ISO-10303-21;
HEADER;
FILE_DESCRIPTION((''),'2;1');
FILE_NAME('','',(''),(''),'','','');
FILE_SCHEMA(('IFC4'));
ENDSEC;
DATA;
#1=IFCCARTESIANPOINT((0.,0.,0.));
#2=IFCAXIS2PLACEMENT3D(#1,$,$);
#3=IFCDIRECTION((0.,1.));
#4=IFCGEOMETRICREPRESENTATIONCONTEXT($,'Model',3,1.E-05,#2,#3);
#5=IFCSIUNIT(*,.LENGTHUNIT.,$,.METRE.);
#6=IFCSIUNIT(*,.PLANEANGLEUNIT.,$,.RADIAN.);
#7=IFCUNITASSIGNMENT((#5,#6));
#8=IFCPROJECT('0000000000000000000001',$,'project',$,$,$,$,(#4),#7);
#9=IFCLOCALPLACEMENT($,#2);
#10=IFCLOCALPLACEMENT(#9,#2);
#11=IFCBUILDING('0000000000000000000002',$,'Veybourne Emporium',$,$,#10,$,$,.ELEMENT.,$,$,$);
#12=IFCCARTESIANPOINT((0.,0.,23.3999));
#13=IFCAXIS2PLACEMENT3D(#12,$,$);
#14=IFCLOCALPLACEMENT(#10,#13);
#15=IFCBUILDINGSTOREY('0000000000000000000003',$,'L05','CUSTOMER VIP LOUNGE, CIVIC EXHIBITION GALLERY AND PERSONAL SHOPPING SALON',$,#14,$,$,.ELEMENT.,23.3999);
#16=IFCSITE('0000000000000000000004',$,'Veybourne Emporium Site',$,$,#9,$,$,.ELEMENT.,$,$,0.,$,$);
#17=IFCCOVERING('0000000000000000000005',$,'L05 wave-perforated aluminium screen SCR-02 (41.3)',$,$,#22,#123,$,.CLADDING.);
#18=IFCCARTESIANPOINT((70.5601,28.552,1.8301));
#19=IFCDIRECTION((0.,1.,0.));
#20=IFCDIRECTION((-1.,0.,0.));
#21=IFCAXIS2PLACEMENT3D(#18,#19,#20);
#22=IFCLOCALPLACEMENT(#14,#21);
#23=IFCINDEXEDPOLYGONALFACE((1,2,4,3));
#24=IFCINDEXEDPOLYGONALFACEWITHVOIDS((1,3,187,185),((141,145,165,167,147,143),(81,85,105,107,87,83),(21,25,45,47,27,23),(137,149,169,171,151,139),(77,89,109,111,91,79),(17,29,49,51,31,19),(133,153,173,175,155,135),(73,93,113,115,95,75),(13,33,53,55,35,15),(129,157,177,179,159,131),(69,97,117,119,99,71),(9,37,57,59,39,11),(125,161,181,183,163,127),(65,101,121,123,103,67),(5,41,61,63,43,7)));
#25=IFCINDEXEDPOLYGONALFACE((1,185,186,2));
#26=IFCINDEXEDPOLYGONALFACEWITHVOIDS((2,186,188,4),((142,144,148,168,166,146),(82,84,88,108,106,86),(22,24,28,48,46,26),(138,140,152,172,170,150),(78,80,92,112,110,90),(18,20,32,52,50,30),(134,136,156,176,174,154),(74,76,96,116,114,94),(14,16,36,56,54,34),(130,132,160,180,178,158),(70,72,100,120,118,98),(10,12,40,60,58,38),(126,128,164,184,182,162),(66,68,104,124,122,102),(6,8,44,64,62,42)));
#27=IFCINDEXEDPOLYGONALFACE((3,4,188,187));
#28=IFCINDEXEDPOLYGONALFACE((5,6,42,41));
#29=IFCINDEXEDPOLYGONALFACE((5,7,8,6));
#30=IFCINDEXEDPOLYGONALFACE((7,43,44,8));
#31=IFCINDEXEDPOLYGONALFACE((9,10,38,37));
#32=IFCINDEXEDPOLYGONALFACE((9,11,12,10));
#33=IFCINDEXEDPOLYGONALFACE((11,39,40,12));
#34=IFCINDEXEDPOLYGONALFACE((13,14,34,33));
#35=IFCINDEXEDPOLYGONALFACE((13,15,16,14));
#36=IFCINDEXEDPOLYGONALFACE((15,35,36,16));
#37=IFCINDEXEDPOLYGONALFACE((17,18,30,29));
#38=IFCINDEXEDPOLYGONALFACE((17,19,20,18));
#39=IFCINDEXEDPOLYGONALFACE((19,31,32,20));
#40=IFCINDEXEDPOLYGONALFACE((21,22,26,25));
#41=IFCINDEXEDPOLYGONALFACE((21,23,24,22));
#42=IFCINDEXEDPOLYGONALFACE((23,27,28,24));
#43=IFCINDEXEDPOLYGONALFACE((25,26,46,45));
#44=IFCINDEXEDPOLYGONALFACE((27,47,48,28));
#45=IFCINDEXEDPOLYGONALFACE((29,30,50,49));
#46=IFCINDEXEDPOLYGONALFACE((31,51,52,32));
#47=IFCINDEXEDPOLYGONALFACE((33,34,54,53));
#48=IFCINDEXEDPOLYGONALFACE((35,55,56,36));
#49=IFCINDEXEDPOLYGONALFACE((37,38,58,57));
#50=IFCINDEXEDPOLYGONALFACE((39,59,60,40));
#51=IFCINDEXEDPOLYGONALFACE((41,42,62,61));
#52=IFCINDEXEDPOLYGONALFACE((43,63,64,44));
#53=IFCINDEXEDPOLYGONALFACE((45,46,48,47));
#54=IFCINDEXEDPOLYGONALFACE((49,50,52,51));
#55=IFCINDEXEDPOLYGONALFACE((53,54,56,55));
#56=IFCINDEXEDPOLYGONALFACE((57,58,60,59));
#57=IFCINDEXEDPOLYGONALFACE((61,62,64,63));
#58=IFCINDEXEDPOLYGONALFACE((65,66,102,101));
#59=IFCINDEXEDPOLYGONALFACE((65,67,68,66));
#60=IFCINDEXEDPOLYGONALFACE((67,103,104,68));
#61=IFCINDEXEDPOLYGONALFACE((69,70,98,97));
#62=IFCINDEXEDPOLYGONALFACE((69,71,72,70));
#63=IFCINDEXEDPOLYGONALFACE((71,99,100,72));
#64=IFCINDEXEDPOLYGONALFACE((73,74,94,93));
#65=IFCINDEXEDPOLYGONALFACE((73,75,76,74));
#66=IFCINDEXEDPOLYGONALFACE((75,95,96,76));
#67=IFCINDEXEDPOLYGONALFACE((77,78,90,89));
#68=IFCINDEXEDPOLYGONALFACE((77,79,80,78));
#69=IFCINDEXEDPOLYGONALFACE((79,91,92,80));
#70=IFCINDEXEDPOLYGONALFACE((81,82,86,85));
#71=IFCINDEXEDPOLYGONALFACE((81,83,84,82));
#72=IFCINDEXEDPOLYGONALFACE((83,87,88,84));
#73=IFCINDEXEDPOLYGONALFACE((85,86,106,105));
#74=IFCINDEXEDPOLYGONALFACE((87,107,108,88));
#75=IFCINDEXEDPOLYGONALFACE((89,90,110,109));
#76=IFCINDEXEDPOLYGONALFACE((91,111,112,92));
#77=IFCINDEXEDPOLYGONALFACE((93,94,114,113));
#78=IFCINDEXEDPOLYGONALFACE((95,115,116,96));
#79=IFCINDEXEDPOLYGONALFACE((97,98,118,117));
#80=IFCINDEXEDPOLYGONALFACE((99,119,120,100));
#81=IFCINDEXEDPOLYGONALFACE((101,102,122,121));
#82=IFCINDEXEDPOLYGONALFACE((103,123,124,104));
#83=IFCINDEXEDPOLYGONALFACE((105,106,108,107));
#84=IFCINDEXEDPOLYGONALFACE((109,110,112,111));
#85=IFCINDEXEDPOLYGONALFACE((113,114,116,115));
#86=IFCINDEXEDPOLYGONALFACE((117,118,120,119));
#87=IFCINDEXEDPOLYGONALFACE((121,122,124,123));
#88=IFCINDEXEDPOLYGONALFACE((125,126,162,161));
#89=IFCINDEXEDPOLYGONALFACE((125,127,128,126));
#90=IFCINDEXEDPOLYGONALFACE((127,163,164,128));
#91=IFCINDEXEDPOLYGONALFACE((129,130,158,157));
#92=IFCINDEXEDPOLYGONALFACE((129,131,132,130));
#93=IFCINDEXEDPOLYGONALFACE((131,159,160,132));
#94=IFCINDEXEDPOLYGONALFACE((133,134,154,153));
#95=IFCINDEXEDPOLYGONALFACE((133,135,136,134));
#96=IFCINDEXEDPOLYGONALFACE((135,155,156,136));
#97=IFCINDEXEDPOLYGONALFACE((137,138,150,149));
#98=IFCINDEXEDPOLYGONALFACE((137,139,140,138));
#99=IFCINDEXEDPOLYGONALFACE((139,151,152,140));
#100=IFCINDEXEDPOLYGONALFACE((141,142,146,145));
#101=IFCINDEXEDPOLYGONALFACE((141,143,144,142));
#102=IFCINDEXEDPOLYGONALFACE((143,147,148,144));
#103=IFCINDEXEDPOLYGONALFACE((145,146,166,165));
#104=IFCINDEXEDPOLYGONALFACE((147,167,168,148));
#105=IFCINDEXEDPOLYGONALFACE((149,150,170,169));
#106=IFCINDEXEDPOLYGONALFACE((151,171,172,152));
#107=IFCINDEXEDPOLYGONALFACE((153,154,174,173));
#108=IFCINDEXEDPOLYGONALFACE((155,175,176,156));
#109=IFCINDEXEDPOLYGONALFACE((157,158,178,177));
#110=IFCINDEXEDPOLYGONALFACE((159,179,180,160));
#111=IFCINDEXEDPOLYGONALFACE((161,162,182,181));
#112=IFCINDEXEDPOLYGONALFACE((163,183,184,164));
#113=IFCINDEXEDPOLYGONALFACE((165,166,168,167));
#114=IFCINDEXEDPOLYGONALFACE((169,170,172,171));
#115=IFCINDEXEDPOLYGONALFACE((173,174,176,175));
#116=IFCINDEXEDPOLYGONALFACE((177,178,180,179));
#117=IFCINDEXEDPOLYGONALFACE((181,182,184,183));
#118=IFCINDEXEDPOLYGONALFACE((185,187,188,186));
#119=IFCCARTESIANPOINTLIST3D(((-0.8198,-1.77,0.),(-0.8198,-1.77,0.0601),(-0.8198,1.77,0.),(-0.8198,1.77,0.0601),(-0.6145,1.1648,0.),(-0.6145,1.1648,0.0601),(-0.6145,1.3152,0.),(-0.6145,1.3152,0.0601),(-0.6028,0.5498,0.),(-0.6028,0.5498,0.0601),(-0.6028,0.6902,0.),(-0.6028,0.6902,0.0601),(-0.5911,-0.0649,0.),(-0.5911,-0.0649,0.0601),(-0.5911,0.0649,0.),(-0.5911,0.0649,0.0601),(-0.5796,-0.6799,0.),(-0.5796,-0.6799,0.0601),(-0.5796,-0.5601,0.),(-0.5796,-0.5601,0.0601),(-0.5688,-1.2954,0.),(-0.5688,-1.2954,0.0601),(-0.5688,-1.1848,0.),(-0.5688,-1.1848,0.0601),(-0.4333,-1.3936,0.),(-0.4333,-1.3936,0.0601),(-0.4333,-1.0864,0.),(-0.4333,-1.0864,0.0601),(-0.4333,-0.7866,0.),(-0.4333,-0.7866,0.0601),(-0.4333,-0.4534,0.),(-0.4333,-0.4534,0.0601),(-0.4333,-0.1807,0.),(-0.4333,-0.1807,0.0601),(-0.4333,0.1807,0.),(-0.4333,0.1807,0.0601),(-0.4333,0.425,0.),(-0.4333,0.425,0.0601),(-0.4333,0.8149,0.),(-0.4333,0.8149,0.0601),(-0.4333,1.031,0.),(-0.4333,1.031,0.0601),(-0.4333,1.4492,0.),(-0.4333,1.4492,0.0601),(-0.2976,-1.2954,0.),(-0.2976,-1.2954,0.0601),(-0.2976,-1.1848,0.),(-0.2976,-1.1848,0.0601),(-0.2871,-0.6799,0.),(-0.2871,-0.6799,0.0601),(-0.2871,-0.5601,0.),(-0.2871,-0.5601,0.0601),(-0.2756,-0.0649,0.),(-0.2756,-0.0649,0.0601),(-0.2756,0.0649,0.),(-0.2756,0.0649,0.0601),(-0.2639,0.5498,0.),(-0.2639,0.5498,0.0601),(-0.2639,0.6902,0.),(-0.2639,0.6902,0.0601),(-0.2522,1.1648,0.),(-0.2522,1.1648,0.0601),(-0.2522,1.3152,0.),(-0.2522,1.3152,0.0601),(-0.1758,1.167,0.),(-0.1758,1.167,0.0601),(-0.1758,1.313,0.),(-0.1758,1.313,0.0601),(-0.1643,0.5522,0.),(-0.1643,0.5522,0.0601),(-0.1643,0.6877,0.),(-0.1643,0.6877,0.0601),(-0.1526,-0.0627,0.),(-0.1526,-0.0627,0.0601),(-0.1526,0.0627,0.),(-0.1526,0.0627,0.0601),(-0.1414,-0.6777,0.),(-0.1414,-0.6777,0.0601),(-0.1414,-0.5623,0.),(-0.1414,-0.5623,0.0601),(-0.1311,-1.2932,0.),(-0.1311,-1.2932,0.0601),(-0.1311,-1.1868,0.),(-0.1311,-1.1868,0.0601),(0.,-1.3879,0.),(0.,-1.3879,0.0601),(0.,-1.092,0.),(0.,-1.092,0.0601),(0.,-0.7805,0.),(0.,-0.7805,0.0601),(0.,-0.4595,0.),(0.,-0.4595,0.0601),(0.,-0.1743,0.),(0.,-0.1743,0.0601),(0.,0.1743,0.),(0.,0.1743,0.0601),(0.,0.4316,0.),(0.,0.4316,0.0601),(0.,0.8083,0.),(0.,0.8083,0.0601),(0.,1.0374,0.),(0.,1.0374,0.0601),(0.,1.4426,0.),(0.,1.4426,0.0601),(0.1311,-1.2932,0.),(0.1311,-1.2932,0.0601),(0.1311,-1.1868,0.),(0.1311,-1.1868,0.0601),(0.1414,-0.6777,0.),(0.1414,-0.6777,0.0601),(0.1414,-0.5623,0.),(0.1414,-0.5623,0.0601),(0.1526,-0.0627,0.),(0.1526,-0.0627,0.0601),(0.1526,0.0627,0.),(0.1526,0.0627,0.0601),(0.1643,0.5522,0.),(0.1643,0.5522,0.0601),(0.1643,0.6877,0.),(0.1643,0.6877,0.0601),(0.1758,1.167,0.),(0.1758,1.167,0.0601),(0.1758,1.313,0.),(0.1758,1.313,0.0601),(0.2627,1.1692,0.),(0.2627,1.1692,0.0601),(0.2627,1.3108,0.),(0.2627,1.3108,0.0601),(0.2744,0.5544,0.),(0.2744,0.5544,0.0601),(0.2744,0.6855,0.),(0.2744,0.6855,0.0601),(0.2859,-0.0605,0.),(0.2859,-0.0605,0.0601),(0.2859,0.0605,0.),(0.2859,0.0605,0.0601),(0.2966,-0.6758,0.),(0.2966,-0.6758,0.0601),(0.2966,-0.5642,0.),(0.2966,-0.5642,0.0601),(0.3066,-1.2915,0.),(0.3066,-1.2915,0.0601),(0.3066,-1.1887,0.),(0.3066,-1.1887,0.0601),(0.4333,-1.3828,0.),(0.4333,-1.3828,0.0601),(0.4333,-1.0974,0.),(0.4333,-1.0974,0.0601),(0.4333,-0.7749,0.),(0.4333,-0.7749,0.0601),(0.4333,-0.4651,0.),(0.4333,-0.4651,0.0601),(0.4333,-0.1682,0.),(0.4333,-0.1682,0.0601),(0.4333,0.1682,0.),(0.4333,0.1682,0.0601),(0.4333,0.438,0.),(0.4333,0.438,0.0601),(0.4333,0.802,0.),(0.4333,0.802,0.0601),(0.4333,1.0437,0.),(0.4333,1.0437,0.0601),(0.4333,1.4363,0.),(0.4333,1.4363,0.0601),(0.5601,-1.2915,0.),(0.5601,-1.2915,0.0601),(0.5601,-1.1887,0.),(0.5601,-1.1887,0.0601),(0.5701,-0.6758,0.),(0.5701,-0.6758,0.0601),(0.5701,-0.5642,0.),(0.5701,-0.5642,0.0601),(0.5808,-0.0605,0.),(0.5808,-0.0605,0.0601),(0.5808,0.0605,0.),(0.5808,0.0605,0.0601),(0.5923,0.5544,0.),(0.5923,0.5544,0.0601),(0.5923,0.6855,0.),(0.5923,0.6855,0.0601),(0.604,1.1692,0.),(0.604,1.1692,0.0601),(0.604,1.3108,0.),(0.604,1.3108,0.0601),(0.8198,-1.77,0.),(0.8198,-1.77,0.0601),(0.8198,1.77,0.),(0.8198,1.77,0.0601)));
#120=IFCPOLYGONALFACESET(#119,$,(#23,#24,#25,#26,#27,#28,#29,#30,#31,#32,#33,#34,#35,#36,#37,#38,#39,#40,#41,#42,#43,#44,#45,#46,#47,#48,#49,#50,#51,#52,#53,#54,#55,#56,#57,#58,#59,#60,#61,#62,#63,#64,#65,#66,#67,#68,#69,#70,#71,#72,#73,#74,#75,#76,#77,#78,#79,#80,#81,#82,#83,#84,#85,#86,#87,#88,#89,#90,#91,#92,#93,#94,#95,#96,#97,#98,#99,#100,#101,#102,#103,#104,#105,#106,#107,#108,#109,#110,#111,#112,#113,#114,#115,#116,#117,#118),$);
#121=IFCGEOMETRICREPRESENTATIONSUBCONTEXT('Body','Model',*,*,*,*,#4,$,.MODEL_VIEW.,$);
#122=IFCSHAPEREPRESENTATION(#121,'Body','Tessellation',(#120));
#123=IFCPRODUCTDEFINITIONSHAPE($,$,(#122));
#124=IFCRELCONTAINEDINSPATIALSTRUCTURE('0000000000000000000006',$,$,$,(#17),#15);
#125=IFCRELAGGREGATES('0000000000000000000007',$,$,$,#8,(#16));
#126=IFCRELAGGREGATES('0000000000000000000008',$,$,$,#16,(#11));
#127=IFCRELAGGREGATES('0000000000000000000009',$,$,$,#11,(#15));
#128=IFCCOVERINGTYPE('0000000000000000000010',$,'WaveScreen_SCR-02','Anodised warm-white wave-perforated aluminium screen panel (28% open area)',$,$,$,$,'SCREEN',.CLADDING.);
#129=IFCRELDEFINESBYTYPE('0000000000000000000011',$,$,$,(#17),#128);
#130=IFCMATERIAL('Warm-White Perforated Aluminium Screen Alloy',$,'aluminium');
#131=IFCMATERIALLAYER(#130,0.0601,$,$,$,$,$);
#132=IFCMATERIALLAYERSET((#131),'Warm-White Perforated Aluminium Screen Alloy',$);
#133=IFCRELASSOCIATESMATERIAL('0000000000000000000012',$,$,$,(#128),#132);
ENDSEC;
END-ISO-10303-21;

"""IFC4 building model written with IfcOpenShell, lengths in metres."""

from ifc_helpers import new_model, si_unit, direction, frame, origin, place, context, subcontext, project, spatial, polyline, outline, extrude, material, layer, layer_set, type_object, element, save


model = new_model("IFC4")

# Units and contexts
model_context = context("Model", 3, precision=1e-05, world=origin(), true_north=direction((0.0, 1.0)))
body_context = subcontext(model_context, "Body", "Model", "MODEL_VIEW")
ifc_project = project(units=[si_unit("LENGTHUNIT", "METRE"), si_unit("PLANEANGLEUNIT", "RADIAN")], contexts=[model_context])

# Site, building, storey
site_placement = place(None, origin())
site = spatial("IfcSite", under=ifc_project, at=site_placement, Name="Veybourne Emporium Site", CompositionType="ELEMENT", RefElevation=0.0)
building_placement = place(site_placement, origin())
building = spatial("IfcBuilding", under=site, at=building_placement, Name="Veybourne Emporium", CompositionType="ELEMENT")
storey_placement = place(building_placement, frame((0.0, 0.0, 23.3999)))
storey = spatial("IfcBuildingStorey", under=building, at=storey_placement, Name="L05", Description="CUSTOMER VIP LOUNGE, CIVIC EXHIBITION GALLERY AND PERSONAL SHOPPING SALON", CompositionType="ELEMENT", Elevation=23.3999)

# Covering
ifc_material_1 = material(Name="Warm-White Perforated Aluminium Screen Alloy", Category="aluminium")
ifc_layer_1 = layer(ifc_material_1, 0.0601)
ifc_layer_set_1 = layer_set([ifc_layer_1], Name="Warm-White Perforated Aluminium Screen Alloy")
covering_type_1 = type_object("IfcCoveringType", Name="WaveScreen_SCR-02", Description="Anodised warm-white wave-perforated aluminium screen panel (28% open area)", ElementType="SCREEN", PredefinedType="CLADDING", material=ifc_layer_set_1)
covering_1_placement = place(storey_placement, frame((70.5601, 28.552, 1.8301), z_axis=(0.0, 1.0, 0.0), x_axis=(-1.0, 0.0, 0.0)))
element("IfcCovering", 1, at=covering_1_placement, inside=storey, type_object=covering_type_1, Name="L05 wave-perforated aluminium screen SCR-02 (41.3)", PredefinedType="CLADDING", context=body_context, shape_type="SweptSolid", body=[
    extrude(outline(polyline([(-0.8198, -1.77), (0.8198, -1.77), (0.8198, 1.77), (-0.8198, 1.77), (-0.8198, -1.77)]), holes=[polyline([(-0.4333, -1.0864), (-0.2976, -1.1848), (-0.2976, -1.2954), (-0.4333, -1.3936), (-0.5688, -1.2954), (-0.5688, -1.1848), (-0.4333, -1.0864)]), polyline([(-0.4333, -0.4534), (-0.2871, -0.5601), (-0.2871, -0.6799), (-0.4333, -0.7866), (-0.5796, -0.6799), (-0.5796, -0.5601), (-0.4333, -0.4534)]), polyline([(-0.4333, 0.1807), (-0.2756, 0.0649), (-0.2756, -0.0649), (-0.4333, -0.1807), (-0.5911, -0.0649), (-0.5911, 0.0649), (-0.4333, 0.1807)]), polyline([(-0.4333, 0.8149), (-0.2639, 0.6902), (-0.2639, 0.5498), (-0.4333, 0.425), (-0.6028, 0.5498), (-0.6028, 0.6902), (-0.4333, 0.8149)]), polyline([(-0.4333, 1.4492), (-0.2522, 1.3152), (-0.2522, 1.1648), (-0.4333, 1.031), (-0.6145, 1.1648), (-0.6145, 1.3152), (-0.4333, 1.4492)]), polyline([(0.0, -1.092), (0.1311, -1.1868), (0.1311, -1.2932), (0.0, -1.3879), (-0.1311, -1.2932), (-0.1311, -1.1868), (0.0, -1.092)]), polyline([(0.0, -0.4595), (0.1414, -0.5623), (0.1414, -0.6777), (0.0, -0.7805), (-0.1414, -0.6777), (-0.1414, -0.5623), (0.0, -0.4595)]), polyline([(0.0, 0.1743), (0.1526, 0.0627), (0.1526, -0.0627), (0.0, -0.1743), (-0.1526, -0.0627), (-0.1526, 0.0627), (0.0, 0.1743)]), polyline([(0.0, 0.8083), (0.1643, 0.6877), (0.1643, 0.5522), (0.0, 0.4316), (-0.1643, 0.5522), (-0.1643, 0.6877), (0.0, 0.8083)]), polyline([(0.0, 1.4426), (0.1758, 1.313), (0.1758, 1.167), (0.0, 1.0374), (-0.1758, 1.167), (-0.1758, 1.313), (0.0, 1.4426)]), polyline([(0.4333, -1.0974), (0.5601, -1.1887), (0.5601, -1.2915), (0.4333, -1.3828), (0.3066, -1.2915), (0.3066, -1.1887), (0.4333, -1.0974)]), polyline([(0.4333, -0.4651), (0.5701, -0.5642), (0.5701, -0.6758), (0.4333, -0.7749), (0.2966, -0.6758), (0.2966, -0.5642), (0.4333, -0.4651)]), polyline([(0.4333, 0.1682), (0.5808, 0.0605), (0.5808, -0.0605), (0.4333, -0.1682), (0.2859, -0.0605), (0.2859, 0.0605), (0.4333, 0.1682)]), polyline([(0.4333, 0.802), (0.5923, 0.6855), (0.5923, 0.5544), (0.4333, 0.438), (0.2744, 0.5544), (0.2744, 0.6855), (0.4333, 0.802)]), polyline([(0.4333, 1.4363), (0.604, 1.3108), (0.604, 1.1692), (0.4333, 1.0437), (0.2627, 1.1692), (0.2627, 1.3108), (0.4333, 1.4363)])]), origin(), (0.0, 0.0, 1.0), 0.0601),
])

save(model, "model.ifc")
